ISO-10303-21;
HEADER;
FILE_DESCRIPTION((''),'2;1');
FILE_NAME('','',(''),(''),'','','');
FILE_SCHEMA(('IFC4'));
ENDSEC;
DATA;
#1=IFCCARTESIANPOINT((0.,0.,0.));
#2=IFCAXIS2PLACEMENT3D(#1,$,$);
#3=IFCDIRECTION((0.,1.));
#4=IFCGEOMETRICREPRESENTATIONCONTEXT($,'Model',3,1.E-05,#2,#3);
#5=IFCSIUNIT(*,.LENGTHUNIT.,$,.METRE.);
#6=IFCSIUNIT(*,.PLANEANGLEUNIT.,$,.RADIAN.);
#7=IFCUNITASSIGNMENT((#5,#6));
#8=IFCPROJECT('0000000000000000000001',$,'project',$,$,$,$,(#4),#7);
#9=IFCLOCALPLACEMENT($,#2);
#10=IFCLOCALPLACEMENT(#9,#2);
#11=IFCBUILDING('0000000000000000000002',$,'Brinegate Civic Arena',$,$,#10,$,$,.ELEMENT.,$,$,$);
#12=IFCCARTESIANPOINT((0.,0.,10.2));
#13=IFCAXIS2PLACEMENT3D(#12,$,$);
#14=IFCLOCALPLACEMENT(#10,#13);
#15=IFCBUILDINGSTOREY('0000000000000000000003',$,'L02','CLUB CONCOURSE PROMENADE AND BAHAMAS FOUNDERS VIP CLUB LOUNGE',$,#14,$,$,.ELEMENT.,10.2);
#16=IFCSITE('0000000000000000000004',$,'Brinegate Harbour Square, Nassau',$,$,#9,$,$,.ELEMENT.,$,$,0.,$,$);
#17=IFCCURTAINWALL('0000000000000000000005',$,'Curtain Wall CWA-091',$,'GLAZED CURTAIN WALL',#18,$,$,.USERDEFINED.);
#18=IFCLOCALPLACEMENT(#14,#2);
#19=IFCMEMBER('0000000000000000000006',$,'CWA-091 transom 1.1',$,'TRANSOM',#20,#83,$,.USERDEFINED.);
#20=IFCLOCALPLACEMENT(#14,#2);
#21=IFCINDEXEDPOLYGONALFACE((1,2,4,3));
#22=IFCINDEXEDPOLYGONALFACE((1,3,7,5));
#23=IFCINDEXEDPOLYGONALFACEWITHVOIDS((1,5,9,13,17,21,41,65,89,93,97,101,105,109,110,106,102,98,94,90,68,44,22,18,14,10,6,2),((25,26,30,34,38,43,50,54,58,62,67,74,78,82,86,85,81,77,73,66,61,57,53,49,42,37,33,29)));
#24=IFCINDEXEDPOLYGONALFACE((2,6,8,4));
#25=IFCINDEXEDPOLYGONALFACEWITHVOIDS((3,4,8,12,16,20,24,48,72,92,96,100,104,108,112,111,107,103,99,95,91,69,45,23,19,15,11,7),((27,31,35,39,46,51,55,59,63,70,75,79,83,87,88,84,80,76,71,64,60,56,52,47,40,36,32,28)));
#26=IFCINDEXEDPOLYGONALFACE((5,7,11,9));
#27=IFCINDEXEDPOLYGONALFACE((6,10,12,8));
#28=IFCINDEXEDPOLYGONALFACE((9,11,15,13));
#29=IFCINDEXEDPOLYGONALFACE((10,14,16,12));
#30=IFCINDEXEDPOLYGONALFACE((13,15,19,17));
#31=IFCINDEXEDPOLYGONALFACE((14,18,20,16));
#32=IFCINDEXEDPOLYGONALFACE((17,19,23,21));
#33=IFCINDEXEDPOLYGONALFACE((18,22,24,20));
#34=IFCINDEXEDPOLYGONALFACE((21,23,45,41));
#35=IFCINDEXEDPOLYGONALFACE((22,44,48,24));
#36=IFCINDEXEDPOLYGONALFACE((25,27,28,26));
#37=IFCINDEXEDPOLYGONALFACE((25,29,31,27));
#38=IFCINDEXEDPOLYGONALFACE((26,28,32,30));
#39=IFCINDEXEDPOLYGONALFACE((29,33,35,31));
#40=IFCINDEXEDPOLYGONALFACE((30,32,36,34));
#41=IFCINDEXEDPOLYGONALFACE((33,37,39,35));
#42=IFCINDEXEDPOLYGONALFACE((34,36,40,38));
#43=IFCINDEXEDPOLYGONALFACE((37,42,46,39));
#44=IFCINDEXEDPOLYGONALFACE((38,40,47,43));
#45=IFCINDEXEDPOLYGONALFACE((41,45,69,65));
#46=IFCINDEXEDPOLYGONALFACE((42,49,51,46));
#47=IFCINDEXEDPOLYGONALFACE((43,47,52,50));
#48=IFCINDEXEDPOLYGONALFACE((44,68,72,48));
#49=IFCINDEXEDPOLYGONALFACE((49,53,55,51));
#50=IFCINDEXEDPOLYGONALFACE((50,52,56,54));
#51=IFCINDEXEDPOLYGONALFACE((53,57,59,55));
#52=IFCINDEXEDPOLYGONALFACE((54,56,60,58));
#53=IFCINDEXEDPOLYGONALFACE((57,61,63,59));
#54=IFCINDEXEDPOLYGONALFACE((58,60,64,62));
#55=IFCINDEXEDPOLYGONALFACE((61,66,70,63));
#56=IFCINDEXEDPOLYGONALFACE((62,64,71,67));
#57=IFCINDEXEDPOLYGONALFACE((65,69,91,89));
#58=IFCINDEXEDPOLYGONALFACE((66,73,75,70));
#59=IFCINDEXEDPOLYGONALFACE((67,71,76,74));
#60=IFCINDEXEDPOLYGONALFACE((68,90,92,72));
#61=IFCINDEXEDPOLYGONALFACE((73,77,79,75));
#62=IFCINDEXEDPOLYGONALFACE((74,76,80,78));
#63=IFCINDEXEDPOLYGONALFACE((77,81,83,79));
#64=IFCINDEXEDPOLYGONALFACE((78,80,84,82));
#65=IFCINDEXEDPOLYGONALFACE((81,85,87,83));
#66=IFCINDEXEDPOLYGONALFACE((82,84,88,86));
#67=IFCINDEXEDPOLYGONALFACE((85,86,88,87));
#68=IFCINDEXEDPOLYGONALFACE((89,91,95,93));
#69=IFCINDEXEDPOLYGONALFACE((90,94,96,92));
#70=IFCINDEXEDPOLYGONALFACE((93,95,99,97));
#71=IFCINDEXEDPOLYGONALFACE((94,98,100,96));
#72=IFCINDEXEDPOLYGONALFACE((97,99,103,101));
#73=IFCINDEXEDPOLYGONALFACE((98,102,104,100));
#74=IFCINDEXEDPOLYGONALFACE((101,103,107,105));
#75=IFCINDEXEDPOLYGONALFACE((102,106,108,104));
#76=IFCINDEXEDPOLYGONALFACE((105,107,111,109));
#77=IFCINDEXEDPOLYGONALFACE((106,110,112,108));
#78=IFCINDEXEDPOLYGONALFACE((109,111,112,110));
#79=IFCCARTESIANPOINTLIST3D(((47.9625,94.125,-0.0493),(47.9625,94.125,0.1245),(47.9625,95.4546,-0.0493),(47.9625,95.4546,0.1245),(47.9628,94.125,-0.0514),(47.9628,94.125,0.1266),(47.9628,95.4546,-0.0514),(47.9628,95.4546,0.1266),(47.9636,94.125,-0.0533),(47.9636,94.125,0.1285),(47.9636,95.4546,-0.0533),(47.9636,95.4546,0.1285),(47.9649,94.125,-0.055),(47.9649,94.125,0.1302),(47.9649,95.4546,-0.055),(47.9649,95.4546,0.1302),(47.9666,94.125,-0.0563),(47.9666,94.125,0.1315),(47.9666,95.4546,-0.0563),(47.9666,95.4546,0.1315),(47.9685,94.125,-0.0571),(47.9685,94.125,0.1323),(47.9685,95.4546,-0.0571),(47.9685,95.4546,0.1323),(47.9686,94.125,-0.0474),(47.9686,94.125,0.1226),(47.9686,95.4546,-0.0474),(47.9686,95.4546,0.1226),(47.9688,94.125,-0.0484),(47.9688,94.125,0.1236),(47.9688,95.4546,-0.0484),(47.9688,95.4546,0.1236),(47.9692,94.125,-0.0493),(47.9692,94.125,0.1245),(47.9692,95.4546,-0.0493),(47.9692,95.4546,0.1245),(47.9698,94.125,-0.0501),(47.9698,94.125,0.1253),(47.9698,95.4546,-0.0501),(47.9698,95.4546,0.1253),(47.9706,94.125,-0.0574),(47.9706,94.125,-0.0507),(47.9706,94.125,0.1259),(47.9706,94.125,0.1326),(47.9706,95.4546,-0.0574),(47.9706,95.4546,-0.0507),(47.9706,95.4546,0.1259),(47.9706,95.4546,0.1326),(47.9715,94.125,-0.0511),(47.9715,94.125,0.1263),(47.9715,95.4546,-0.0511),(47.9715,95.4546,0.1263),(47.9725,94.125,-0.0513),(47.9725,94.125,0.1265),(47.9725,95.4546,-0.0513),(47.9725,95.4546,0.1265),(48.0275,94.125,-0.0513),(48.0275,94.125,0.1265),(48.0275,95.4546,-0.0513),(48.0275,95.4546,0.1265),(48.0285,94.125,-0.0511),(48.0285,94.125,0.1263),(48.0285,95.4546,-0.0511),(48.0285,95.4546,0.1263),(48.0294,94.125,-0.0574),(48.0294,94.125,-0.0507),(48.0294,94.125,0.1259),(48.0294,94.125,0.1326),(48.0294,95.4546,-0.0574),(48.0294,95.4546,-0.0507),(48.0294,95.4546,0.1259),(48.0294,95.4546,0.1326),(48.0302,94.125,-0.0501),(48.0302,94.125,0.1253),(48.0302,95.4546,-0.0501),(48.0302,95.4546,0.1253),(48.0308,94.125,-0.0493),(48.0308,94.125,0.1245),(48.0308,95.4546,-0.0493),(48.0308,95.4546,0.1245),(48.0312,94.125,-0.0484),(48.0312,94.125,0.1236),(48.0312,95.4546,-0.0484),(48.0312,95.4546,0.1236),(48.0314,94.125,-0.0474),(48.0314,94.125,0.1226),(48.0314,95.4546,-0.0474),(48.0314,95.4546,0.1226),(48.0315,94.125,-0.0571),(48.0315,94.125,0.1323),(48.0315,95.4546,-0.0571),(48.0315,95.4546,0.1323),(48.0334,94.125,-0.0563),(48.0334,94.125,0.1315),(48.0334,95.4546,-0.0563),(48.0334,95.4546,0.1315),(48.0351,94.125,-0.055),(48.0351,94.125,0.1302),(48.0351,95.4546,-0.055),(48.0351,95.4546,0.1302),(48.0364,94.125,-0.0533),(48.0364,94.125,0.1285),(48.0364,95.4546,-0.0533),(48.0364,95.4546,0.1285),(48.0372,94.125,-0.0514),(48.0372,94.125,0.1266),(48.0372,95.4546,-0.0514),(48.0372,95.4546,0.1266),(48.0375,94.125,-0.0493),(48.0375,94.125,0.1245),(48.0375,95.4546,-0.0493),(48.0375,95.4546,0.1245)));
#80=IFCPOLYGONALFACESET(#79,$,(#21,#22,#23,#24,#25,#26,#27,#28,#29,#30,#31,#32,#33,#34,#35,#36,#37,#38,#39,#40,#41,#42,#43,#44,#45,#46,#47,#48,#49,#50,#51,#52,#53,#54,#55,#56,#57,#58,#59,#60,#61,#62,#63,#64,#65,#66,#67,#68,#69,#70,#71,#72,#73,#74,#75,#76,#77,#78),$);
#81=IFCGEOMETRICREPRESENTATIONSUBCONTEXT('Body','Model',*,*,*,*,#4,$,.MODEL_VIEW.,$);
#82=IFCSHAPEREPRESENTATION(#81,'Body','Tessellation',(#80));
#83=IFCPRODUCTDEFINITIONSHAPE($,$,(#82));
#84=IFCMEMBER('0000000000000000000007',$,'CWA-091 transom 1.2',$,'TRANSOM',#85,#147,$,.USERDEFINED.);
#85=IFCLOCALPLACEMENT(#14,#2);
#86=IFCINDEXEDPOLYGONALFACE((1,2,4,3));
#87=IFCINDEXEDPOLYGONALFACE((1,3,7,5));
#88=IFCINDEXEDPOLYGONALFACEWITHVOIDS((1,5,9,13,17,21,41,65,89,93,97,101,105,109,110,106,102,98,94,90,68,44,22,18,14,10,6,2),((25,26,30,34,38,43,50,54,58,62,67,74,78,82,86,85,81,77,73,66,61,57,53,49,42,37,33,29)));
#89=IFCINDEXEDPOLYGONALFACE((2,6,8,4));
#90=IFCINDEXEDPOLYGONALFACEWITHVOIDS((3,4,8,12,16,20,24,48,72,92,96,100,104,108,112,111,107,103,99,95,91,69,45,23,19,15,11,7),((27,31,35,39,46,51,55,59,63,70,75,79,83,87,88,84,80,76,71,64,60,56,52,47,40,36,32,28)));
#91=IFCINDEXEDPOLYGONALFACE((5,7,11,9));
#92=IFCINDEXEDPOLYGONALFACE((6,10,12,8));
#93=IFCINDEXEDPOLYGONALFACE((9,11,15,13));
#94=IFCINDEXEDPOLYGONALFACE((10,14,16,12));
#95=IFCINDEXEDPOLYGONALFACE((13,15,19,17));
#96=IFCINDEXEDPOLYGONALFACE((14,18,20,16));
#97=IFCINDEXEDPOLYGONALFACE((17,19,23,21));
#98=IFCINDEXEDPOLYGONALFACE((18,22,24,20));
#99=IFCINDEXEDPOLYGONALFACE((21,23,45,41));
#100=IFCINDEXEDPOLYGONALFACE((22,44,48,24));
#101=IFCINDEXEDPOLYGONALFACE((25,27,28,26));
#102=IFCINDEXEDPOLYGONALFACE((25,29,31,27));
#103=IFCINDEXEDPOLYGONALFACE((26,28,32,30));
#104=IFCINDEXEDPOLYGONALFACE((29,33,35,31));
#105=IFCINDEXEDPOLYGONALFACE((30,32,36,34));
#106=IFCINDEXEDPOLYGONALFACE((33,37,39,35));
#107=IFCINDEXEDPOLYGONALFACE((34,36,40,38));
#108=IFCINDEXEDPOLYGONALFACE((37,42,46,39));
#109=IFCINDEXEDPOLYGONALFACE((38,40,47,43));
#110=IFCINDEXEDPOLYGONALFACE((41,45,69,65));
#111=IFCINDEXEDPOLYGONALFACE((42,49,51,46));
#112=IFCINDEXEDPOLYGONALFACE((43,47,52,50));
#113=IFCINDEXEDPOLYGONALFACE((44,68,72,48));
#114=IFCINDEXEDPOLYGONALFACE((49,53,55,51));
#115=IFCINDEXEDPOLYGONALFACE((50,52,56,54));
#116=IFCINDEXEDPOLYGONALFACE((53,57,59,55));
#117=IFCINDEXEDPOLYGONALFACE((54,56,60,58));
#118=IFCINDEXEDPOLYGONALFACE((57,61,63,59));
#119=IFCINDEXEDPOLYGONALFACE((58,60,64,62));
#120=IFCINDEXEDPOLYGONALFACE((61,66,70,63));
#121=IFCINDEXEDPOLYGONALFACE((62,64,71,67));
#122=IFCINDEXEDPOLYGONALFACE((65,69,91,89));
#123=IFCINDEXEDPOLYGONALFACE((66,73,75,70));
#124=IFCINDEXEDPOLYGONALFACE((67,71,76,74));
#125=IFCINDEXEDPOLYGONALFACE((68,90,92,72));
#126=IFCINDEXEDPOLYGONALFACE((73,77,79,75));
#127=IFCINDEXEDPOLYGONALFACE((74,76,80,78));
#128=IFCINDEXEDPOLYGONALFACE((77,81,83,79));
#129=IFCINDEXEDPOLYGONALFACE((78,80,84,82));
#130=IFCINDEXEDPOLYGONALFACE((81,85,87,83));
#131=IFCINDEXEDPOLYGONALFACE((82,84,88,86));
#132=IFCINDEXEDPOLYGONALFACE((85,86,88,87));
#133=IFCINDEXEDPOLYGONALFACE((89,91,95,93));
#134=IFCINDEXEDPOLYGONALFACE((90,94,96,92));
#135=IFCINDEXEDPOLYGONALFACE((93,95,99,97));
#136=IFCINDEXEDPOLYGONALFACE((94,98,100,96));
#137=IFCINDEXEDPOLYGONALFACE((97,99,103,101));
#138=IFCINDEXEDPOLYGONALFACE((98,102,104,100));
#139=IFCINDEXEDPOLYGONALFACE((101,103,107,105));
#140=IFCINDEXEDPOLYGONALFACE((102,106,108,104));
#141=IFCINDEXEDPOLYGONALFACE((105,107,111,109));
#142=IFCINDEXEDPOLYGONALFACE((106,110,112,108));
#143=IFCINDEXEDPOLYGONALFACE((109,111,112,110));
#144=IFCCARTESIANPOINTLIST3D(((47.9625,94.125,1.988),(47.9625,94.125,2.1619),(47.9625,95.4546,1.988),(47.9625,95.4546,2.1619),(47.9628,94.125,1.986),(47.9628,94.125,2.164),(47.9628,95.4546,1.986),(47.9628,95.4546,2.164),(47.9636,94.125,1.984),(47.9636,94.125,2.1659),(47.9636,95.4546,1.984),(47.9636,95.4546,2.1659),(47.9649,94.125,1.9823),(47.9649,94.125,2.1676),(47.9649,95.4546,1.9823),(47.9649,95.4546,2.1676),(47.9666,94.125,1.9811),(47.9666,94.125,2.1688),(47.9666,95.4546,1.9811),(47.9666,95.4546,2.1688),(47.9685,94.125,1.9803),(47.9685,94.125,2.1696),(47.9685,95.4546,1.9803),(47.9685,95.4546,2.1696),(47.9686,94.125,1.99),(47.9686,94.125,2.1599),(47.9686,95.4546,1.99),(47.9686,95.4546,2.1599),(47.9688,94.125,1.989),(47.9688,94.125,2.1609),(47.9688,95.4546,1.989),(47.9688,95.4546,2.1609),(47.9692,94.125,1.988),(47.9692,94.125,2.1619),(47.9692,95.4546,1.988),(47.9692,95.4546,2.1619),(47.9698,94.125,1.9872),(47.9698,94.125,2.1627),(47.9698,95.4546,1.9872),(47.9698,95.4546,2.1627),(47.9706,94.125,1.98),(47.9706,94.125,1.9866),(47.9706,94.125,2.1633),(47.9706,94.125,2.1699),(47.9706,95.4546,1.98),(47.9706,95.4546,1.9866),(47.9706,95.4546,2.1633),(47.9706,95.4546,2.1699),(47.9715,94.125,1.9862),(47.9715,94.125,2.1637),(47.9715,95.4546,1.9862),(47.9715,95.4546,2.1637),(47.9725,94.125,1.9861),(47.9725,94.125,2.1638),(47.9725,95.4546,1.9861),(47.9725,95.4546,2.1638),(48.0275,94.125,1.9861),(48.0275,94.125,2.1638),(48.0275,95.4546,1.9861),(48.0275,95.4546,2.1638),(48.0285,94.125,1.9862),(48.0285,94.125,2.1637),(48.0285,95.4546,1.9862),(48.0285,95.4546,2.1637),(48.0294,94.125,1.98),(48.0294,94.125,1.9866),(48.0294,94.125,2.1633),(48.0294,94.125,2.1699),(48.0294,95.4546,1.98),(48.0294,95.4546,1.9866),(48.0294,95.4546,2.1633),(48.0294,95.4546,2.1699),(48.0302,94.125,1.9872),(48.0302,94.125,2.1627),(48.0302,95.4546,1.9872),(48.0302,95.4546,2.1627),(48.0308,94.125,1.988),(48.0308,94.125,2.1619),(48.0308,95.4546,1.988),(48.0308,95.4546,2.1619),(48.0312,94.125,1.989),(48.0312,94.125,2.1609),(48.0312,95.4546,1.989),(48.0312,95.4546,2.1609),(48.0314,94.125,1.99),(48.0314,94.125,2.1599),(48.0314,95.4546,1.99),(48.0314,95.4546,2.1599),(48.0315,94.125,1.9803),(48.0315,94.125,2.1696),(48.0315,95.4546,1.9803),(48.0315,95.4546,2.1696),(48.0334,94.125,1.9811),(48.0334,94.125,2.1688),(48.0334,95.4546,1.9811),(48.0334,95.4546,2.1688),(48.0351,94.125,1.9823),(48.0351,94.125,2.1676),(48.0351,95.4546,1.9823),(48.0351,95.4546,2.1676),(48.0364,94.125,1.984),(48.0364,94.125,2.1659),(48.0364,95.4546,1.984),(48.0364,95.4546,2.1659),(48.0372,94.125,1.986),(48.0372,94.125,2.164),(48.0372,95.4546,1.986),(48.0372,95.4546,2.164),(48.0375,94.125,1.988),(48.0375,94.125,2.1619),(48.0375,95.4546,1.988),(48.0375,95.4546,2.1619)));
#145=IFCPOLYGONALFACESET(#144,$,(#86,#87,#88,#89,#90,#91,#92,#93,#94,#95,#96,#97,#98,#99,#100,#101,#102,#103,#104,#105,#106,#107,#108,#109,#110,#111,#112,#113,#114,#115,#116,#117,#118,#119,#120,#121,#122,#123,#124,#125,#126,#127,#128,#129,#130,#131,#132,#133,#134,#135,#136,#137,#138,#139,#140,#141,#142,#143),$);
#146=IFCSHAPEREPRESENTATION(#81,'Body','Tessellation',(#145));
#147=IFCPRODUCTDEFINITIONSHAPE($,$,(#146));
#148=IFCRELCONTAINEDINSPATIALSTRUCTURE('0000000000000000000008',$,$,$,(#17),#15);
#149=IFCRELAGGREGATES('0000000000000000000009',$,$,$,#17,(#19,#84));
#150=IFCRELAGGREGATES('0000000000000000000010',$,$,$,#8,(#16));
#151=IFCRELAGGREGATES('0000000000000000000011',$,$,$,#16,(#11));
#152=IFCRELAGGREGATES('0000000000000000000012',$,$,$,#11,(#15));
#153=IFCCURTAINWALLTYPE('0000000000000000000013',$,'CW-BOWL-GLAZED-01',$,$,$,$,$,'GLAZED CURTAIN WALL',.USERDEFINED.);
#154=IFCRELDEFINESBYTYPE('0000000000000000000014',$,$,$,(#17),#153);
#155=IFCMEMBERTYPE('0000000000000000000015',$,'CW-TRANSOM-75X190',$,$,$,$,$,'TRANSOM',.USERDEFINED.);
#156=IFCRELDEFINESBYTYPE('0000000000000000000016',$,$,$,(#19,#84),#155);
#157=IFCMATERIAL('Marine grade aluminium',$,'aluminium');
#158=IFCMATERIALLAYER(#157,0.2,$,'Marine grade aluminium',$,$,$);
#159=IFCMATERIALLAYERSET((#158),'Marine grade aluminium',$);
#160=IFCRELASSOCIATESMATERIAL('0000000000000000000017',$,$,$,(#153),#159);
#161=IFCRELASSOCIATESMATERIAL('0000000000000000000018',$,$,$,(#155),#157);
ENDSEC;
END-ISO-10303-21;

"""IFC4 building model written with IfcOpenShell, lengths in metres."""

from ifc_helpers import new_model, si_unit, direction, frame, origin, origin_2d, place, context, subcontext, project, spatial, hollow_rectangle, extrude, material, layer, layer_set, material_profile, profile_set, type_object, element, aggregate, save


model = new_model("IFC4")

# Units and contexts
model_context = context("Model", 3, precision=1e-05, world=origin(), true_north=direction((0.0, 1.0)))
body_context = subcontext(model_context, "Body", "Model", "MODEL_VIEW")
ifc_project = project(units=[si_unit("LENGTHUNIT", "METRE"), si_unit("PLANEANGLEUNIT", "RADIAN")], contexts=[model_context])

# Site, building, storey
site_placement = place(None, origin())
site = spatial("IfcSite", under=ifc_project, at=site_placement, Name="Brinegate Harbour Square, Nassau", CompositionType="ELEMENT", RefElevation=0.0)
building_placement = place(site_placement, origin())
building = spatial("IfcBuilding", under=site, at=building_placement, Name="Brinegate Civic Arena", CompositionType="ELEMENT")
storey_placement = place(building_placement, frame((0.0, 0.0, 10.2)))
storey = spatial("IfcBuildingStorey", under=building, at=storey_placement, Name="L02", Description="CLUB CONCOURSE PROMENADE AND BAHAMAS FOUNDERS VIP CLUB LOUNGE", CompositionType="ELEMENT", Elevation=10.2)

# Curtain wall, members
ifc_material_1 = material(Name="Marine grade aluminium", Category="aluminium")
ifc_layer_1 = layer(ifc_material_1, 0.2, Name="Marine grade aluminium")
ifc_layer_set_1 = layer_set([ifc_layer_1], Name="Marine grade aluminium")
curtain_wall_type = type_object("IfcCurtainWallType", Name="CW-BOWL-GLAZED-01", ElementType="GLAZED CURTAIN WALL", PredefinedType="USERDEFINED", material=ifc_layer_set_1)
curtain_wall_placement = place(storey_placement, origin())
curtain_wall = element("IfcCurtainWall", 1, at=curtain_wall_placement, inside=storey, type_object=curtain_wall_type, Name="Curtain Wall CWA-091", ObjectType="GLAZED CURTAIN WALL", PredefinedType="USERDEFINED")
ifc_material_profile_1 = material_profile(ifc_material_1, hollow_rectangle(XDim=0.075, YDim=0.1899, WallThickness=0.0061, InnerFilletRadius=0.0039, OuterFilletRadius=0.0081, at=origin_2d()), Name="TRN75X190")
ifc_profile_set_1 = profile_set([ifc_material_profile_1], Name="Marine grade aluminium")
member_type_1 = type_object("IfcMemberType", Name="CW-TRANSOM-75X190", ElementType="TRANSOM", PredefinedType="USERDEFINED", material=ifc_profile_set_1)
member_1_placement = place(storey_placement, frame((48.0, 94.125, 0.0376), z_axis=(0.0, 1.0, 0.0), x_axis=(-1.0, 0.0, 0.0)))
member_1 = element("IfcMember", 2, at=member_1_placement, type_object=member_type_1, Name="CWA-091 transom 1.1", ObjectType="TRANSOM", PredefinedType="USERDEFINED", context=body_context, shape_type="SweptSolid", body=[
    extrude(hollow_rectangle(XDim=0.075, YDim=0.1899, WallThickness=0.0061, InnerFilletRadius=0.0039, OuterFilletRadius=0.0081, at=origin_2d()), origin(), (0.0, 0.0, 1.0), 1.3296),
])
member_2_placement = place(storey_placement, frame((48.0, 94.125, 2.075), z_axis=(0.0, 1.0, 0.0), x_axis=(-1.0, 0.0, 0.0)))
member_2 = element("IfcMember", 3, at=member_2_placement, type_object=member_type_1, Name="CWA-091 transom 1.2", ObjectType="TRANSOM", PredefinedType="USERDEFINED", context=body_context, shape_type="SweptSolid", body=[
    extrude(hollow_rectangle(XDim=0.075, YDim=0.1899, WallThickness=0.0061, InnerFilletRadius=0.0039, OuterFilletRadius=0.0081, at=origin_2d()), origin(), (0.0, 0.0, 1.0), 1.3296),
])

aggregate(curtain_wall, [member_1, member_2])

save(model, "model.ifc")
